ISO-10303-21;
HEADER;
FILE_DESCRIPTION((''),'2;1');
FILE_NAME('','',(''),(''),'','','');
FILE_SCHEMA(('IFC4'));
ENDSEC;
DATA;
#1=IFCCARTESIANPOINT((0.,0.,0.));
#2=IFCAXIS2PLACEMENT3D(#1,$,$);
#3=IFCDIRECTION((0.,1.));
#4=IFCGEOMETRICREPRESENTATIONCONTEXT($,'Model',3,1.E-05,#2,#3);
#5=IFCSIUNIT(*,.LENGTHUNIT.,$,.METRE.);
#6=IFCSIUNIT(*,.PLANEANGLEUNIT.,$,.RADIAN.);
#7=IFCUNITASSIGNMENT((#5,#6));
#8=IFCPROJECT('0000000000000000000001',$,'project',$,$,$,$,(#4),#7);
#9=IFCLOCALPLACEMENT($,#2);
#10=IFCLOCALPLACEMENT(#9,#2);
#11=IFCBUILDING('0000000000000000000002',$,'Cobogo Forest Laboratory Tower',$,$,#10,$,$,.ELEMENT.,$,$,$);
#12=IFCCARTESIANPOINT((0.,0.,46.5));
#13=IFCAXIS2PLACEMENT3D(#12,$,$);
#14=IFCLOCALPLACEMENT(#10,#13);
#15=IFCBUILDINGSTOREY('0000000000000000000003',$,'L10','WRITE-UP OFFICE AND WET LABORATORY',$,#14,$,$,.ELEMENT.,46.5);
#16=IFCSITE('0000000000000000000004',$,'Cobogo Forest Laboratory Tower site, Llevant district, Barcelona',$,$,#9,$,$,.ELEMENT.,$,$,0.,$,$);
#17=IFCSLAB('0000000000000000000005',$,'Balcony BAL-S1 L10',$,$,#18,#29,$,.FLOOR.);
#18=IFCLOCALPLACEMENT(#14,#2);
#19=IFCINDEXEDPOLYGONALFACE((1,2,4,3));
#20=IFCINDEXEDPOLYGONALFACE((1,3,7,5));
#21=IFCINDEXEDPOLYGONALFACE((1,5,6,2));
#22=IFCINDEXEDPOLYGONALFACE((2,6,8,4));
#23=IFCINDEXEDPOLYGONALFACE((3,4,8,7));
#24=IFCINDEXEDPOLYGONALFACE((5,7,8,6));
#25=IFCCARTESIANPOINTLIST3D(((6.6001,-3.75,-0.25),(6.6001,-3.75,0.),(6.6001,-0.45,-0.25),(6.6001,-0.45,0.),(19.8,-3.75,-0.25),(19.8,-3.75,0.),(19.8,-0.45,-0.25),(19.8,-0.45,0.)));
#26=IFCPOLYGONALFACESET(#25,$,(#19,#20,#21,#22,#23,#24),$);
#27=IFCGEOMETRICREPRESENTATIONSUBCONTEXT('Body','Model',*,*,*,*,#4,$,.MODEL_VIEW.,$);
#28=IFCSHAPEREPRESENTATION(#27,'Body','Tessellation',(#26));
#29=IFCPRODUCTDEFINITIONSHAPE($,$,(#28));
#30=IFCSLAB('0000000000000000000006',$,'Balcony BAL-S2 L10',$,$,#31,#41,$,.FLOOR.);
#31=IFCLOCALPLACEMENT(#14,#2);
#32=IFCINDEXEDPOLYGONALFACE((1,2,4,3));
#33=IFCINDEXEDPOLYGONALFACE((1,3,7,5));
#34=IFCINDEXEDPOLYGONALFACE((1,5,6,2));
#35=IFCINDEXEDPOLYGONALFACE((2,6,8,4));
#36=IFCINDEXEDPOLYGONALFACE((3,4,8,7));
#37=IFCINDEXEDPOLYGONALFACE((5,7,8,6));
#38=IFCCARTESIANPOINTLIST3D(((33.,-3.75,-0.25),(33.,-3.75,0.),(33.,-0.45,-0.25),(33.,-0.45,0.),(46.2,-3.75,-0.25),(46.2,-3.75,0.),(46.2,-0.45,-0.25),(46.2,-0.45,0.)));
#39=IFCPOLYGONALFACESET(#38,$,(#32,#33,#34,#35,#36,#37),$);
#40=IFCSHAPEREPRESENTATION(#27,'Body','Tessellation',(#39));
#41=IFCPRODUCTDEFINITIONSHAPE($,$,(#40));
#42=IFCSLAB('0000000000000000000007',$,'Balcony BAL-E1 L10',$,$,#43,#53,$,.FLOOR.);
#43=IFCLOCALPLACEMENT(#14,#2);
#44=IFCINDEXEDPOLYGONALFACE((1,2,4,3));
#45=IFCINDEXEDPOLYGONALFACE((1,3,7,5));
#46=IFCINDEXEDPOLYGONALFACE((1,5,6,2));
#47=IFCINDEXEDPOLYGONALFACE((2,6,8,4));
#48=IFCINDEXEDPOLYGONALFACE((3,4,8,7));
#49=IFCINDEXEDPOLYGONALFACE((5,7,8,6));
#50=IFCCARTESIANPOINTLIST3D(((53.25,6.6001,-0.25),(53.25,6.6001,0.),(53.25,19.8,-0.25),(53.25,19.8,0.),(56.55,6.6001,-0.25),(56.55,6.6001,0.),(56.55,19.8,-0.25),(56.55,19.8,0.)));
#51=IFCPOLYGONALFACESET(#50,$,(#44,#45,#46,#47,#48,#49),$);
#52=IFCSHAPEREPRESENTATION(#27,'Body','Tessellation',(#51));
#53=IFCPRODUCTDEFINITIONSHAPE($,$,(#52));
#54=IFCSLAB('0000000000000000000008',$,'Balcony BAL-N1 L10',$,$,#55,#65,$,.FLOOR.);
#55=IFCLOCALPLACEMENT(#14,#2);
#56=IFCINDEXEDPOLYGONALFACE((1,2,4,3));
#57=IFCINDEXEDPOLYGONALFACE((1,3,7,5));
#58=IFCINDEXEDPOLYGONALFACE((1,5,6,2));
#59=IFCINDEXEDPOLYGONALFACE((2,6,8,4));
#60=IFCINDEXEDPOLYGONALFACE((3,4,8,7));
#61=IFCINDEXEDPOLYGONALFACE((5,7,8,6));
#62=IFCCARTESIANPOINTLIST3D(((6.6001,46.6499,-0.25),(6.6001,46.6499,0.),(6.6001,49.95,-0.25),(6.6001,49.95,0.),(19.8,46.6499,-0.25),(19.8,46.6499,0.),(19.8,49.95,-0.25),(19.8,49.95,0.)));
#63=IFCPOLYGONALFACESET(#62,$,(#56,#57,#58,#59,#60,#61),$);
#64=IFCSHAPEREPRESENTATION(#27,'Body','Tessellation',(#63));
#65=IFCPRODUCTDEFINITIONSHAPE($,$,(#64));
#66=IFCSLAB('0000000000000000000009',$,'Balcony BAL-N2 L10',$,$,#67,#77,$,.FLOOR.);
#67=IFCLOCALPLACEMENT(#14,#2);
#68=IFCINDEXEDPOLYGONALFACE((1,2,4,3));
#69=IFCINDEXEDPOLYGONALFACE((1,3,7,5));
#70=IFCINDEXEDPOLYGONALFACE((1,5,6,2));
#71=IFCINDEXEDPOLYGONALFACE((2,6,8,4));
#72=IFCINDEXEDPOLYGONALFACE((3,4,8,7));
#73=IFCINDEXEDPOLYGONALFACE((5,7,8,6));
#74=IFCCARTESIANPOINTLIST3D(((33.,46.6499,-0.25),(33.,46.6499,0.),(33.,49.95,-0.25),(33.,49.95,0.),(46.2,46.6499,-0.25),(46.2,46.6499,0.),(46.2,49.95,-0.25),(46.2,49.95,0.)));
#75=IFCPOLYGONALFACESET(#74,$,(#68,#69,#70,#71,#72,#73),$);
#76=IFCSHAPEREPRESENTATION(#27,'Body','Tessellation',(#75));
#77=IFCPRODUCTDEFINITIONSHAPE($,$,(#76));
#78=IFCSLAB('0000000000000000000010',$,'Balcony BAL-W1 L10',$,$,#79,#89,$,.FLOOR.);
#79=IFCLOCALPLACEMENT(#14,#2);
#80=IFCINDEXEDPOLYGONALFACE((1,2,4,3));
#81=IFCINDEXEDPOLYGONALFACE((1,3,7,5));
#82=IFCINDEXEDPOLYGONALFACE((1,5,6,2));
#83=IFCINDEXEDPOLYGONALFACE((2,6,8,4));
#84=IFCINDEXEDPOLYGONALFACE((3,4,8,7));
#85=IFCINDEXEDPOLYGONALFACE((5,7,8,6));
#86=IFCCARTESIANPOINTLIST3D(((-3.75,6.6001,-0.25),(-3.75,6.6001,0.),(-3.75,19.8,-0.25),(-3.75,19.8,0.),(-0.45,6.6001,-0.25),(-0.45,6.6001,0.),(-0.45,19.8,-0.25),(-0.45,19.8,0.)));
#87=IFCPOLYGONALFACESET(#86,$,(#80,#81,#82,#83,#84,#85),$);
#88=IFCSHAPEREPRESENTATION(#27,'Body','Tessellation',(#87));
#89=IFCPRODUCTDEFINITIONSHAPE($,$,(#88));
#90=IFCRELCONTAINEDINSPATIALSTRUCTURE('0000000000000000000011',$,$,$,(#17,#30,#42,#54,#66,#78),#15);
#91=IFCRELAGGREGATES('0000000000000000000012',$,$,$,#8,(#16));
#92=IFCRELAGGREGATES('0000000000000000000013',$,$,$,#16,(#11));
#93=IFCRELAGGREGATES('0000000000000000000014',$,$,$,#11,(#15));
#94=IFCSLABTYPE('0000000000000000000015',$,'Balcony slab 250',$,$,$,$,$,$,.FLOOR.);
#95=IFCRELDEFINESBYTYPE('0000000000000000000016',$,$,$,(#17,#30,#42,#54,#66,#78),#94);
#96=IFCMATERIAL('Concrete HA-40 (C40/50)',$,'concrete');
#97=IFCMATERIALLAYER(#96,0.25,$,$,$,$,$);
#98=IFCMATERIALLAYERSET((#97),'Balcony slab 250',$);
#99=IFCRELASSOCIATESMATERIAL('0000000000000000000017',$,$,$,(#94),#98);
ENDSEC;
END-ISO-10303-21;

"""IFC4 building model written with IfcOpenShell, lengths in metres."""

from ifc_helpers import new_model, si_unit, direction, frame, origin, place, context, subcontext, project, spatial, polyline, outline, extrude, material, layer, layer_set, type_object, element, save


model = new_model("IFC4")

# Units and contexts
model_context = context("Model", 3, precision=1e-05, world=origin(), true_north=direction((0.0, 1.0)))
body_context = subcontext(model_context, "Body", "Model", "MODEL_VIEW")
ifc_project = project(units=[si_unit("LENGTHUNIT", "METRE"), si_unit("PLANEANGLEUNIT", "RADIAN")], contexts=[model_context])

# Site, building, storey
site_placement = place(None, origin())
site = spatial("IfcSite", under=ifc_project, at=site_placement, Name="Cobogo Forest Laboratory Tower site, Llevant district, Barcelona", CompositionType="ELEMENT", RefElevation=0.0)
building_placement = place(site_placement, origin())
building = spatial("IfcBuilding", under=site, at=building_placement, Name="Cobogo Forest Laboratory Tower", CompositionType="ELEMENT")
storey_placement = place(building_placement, frame((0.0, 0.0, 46.5)))
storey = spatial("IfcBuildingStorey", under=building, at=storey_placement, Name="L10", Description="WRITE-UP OFFICE AND WET LABORATORY", CompositionType="ELEMENT", Elevation=46.5)

# Slabs
ifc_material_1 = material(Name="Concrete HA-40 (C40/50)", Category="concrete")
ifc_layer_1 = layer(ifc_material_1, 0.25)
ifc_layer_set_1 = layer_set([ifc_layer_1], Name="Balcony slab 250")
slab_type_1 = type_object("IfcSlabType", Name="Balcony slab 250", PredefinedType="FLOOR", material=ifc_layer_set_1)
slab_1_placement = place(storey_placement, frame((0.0, 0.0, -0.25)))
element("IfcSlab", 1, at=slab_1_placement, inside=storey, type_object=slab_type_1, Name="Balcony BAL-S1 L10", PredefinedType="FLOOR", context=body_context, shape_type="SweptSolid", body=[
    extrude(outline(polyline([(6.6001, -3.75), (19.8, -3.75), (19.8, -0.45), (6.6001, -0.45), (6.6001, -3.75)])), origin(), (0.0, 0.0, 1.0), 0.25),
])
slab_2_placement = place(storey_placement, frame((0.0, 0.0, -0.25)))
element("IfcSlab", 2, at=slab_2_placement, inside=storey, type_object=slab_type_1, Name="Balcony BAL-S2 L10", PredefinedType="FLOOR", context=body_context, shape_type="SweptSolid", body=[
    extrude(outline(polyline([(33.0, -3.75), (46.2, -3.75), (46.2, -0.45), (33.0, -0.45), (33.0, -3.75)])), origin(), (0.0, 0.0, 1.0), 0.25),
])
slab_3_placement = place(storey_placement, frame((0.0, 0.0, -0.25)))
element("IfcSlab", 3, at=slab_3_placement, inside=storey, type_object=slab_type_1, Name="Balcony BAL-E1 L10", PredefinedType="FLOOR", context=body_context, shape_type="SweptSolid", body=[
    extrude(outline(polyline([(53.25, 6.6001), (56.55, 6.6001), (56.55, 19.8), (53.25, 19.8), (53.25, 6.6001)])), origin(), (0.0, 0.0, 1.0), 0.25),
])
slab_4_placement = place(storey_placement, frame((0.0, 0.0, -0.25)))
element("IfcSlab", 4, at=slab_4_placement, inside=storey, type_object=slab_type_1, Name="Balcony BAL-N1 L10", PredefinedType="FLOOR", context=body_context, shape_type="SweptSolid", body=[
    extrude(outline(polyline([(6.6001, 46.6499), (19.8, 46.6499), (19.8, 49.95), (6.6001, 49.95), (6.6001, 46.6499)])), origin(), (0.0, 0.0, 1.0), 0.25),
])
slab_5_placement = place(storey_placement, frame((0.0, 0.0, -0.25)))
element("IfcSlab", 5, at=slab_5_placement, inside=storey, type_object=slab_type_1, Name="Balcony BAL-N2 L10", PredefinedType="FLOOR", context=body_context, shape_type="SweptSolid", body=[
    extrude(outline(polyline([(33.0, 46.6499), (46.2, 46.6499), (46.2, 49.95), (33.0, 49.95), (33.0, 46.6499)])), origin(), (0.0, 0.0, 1.0), 0.25),
])
slab_6_placement = place(storey_placement, frame((0.0, 0.0, -0.25)))
element("IfcSlab", 6, at=slab_6_placement, inside=storey, type_object=slab_type_1, Name="Balcony BAL-W1 L10", PredefinedType="FLOOR", context=body_context, shape_type="SweptSolid", body=[
    extrude(outline(polyline([(-3.75, 6.6001), (-0.45, 6.6001), (-0.45, 19.8), (-3.75, 19.8), (-3.75, 6.6001)])), origin(), (0.0, 0.0, 1.0), 0.25),
])

save(model, "model.ifc")
